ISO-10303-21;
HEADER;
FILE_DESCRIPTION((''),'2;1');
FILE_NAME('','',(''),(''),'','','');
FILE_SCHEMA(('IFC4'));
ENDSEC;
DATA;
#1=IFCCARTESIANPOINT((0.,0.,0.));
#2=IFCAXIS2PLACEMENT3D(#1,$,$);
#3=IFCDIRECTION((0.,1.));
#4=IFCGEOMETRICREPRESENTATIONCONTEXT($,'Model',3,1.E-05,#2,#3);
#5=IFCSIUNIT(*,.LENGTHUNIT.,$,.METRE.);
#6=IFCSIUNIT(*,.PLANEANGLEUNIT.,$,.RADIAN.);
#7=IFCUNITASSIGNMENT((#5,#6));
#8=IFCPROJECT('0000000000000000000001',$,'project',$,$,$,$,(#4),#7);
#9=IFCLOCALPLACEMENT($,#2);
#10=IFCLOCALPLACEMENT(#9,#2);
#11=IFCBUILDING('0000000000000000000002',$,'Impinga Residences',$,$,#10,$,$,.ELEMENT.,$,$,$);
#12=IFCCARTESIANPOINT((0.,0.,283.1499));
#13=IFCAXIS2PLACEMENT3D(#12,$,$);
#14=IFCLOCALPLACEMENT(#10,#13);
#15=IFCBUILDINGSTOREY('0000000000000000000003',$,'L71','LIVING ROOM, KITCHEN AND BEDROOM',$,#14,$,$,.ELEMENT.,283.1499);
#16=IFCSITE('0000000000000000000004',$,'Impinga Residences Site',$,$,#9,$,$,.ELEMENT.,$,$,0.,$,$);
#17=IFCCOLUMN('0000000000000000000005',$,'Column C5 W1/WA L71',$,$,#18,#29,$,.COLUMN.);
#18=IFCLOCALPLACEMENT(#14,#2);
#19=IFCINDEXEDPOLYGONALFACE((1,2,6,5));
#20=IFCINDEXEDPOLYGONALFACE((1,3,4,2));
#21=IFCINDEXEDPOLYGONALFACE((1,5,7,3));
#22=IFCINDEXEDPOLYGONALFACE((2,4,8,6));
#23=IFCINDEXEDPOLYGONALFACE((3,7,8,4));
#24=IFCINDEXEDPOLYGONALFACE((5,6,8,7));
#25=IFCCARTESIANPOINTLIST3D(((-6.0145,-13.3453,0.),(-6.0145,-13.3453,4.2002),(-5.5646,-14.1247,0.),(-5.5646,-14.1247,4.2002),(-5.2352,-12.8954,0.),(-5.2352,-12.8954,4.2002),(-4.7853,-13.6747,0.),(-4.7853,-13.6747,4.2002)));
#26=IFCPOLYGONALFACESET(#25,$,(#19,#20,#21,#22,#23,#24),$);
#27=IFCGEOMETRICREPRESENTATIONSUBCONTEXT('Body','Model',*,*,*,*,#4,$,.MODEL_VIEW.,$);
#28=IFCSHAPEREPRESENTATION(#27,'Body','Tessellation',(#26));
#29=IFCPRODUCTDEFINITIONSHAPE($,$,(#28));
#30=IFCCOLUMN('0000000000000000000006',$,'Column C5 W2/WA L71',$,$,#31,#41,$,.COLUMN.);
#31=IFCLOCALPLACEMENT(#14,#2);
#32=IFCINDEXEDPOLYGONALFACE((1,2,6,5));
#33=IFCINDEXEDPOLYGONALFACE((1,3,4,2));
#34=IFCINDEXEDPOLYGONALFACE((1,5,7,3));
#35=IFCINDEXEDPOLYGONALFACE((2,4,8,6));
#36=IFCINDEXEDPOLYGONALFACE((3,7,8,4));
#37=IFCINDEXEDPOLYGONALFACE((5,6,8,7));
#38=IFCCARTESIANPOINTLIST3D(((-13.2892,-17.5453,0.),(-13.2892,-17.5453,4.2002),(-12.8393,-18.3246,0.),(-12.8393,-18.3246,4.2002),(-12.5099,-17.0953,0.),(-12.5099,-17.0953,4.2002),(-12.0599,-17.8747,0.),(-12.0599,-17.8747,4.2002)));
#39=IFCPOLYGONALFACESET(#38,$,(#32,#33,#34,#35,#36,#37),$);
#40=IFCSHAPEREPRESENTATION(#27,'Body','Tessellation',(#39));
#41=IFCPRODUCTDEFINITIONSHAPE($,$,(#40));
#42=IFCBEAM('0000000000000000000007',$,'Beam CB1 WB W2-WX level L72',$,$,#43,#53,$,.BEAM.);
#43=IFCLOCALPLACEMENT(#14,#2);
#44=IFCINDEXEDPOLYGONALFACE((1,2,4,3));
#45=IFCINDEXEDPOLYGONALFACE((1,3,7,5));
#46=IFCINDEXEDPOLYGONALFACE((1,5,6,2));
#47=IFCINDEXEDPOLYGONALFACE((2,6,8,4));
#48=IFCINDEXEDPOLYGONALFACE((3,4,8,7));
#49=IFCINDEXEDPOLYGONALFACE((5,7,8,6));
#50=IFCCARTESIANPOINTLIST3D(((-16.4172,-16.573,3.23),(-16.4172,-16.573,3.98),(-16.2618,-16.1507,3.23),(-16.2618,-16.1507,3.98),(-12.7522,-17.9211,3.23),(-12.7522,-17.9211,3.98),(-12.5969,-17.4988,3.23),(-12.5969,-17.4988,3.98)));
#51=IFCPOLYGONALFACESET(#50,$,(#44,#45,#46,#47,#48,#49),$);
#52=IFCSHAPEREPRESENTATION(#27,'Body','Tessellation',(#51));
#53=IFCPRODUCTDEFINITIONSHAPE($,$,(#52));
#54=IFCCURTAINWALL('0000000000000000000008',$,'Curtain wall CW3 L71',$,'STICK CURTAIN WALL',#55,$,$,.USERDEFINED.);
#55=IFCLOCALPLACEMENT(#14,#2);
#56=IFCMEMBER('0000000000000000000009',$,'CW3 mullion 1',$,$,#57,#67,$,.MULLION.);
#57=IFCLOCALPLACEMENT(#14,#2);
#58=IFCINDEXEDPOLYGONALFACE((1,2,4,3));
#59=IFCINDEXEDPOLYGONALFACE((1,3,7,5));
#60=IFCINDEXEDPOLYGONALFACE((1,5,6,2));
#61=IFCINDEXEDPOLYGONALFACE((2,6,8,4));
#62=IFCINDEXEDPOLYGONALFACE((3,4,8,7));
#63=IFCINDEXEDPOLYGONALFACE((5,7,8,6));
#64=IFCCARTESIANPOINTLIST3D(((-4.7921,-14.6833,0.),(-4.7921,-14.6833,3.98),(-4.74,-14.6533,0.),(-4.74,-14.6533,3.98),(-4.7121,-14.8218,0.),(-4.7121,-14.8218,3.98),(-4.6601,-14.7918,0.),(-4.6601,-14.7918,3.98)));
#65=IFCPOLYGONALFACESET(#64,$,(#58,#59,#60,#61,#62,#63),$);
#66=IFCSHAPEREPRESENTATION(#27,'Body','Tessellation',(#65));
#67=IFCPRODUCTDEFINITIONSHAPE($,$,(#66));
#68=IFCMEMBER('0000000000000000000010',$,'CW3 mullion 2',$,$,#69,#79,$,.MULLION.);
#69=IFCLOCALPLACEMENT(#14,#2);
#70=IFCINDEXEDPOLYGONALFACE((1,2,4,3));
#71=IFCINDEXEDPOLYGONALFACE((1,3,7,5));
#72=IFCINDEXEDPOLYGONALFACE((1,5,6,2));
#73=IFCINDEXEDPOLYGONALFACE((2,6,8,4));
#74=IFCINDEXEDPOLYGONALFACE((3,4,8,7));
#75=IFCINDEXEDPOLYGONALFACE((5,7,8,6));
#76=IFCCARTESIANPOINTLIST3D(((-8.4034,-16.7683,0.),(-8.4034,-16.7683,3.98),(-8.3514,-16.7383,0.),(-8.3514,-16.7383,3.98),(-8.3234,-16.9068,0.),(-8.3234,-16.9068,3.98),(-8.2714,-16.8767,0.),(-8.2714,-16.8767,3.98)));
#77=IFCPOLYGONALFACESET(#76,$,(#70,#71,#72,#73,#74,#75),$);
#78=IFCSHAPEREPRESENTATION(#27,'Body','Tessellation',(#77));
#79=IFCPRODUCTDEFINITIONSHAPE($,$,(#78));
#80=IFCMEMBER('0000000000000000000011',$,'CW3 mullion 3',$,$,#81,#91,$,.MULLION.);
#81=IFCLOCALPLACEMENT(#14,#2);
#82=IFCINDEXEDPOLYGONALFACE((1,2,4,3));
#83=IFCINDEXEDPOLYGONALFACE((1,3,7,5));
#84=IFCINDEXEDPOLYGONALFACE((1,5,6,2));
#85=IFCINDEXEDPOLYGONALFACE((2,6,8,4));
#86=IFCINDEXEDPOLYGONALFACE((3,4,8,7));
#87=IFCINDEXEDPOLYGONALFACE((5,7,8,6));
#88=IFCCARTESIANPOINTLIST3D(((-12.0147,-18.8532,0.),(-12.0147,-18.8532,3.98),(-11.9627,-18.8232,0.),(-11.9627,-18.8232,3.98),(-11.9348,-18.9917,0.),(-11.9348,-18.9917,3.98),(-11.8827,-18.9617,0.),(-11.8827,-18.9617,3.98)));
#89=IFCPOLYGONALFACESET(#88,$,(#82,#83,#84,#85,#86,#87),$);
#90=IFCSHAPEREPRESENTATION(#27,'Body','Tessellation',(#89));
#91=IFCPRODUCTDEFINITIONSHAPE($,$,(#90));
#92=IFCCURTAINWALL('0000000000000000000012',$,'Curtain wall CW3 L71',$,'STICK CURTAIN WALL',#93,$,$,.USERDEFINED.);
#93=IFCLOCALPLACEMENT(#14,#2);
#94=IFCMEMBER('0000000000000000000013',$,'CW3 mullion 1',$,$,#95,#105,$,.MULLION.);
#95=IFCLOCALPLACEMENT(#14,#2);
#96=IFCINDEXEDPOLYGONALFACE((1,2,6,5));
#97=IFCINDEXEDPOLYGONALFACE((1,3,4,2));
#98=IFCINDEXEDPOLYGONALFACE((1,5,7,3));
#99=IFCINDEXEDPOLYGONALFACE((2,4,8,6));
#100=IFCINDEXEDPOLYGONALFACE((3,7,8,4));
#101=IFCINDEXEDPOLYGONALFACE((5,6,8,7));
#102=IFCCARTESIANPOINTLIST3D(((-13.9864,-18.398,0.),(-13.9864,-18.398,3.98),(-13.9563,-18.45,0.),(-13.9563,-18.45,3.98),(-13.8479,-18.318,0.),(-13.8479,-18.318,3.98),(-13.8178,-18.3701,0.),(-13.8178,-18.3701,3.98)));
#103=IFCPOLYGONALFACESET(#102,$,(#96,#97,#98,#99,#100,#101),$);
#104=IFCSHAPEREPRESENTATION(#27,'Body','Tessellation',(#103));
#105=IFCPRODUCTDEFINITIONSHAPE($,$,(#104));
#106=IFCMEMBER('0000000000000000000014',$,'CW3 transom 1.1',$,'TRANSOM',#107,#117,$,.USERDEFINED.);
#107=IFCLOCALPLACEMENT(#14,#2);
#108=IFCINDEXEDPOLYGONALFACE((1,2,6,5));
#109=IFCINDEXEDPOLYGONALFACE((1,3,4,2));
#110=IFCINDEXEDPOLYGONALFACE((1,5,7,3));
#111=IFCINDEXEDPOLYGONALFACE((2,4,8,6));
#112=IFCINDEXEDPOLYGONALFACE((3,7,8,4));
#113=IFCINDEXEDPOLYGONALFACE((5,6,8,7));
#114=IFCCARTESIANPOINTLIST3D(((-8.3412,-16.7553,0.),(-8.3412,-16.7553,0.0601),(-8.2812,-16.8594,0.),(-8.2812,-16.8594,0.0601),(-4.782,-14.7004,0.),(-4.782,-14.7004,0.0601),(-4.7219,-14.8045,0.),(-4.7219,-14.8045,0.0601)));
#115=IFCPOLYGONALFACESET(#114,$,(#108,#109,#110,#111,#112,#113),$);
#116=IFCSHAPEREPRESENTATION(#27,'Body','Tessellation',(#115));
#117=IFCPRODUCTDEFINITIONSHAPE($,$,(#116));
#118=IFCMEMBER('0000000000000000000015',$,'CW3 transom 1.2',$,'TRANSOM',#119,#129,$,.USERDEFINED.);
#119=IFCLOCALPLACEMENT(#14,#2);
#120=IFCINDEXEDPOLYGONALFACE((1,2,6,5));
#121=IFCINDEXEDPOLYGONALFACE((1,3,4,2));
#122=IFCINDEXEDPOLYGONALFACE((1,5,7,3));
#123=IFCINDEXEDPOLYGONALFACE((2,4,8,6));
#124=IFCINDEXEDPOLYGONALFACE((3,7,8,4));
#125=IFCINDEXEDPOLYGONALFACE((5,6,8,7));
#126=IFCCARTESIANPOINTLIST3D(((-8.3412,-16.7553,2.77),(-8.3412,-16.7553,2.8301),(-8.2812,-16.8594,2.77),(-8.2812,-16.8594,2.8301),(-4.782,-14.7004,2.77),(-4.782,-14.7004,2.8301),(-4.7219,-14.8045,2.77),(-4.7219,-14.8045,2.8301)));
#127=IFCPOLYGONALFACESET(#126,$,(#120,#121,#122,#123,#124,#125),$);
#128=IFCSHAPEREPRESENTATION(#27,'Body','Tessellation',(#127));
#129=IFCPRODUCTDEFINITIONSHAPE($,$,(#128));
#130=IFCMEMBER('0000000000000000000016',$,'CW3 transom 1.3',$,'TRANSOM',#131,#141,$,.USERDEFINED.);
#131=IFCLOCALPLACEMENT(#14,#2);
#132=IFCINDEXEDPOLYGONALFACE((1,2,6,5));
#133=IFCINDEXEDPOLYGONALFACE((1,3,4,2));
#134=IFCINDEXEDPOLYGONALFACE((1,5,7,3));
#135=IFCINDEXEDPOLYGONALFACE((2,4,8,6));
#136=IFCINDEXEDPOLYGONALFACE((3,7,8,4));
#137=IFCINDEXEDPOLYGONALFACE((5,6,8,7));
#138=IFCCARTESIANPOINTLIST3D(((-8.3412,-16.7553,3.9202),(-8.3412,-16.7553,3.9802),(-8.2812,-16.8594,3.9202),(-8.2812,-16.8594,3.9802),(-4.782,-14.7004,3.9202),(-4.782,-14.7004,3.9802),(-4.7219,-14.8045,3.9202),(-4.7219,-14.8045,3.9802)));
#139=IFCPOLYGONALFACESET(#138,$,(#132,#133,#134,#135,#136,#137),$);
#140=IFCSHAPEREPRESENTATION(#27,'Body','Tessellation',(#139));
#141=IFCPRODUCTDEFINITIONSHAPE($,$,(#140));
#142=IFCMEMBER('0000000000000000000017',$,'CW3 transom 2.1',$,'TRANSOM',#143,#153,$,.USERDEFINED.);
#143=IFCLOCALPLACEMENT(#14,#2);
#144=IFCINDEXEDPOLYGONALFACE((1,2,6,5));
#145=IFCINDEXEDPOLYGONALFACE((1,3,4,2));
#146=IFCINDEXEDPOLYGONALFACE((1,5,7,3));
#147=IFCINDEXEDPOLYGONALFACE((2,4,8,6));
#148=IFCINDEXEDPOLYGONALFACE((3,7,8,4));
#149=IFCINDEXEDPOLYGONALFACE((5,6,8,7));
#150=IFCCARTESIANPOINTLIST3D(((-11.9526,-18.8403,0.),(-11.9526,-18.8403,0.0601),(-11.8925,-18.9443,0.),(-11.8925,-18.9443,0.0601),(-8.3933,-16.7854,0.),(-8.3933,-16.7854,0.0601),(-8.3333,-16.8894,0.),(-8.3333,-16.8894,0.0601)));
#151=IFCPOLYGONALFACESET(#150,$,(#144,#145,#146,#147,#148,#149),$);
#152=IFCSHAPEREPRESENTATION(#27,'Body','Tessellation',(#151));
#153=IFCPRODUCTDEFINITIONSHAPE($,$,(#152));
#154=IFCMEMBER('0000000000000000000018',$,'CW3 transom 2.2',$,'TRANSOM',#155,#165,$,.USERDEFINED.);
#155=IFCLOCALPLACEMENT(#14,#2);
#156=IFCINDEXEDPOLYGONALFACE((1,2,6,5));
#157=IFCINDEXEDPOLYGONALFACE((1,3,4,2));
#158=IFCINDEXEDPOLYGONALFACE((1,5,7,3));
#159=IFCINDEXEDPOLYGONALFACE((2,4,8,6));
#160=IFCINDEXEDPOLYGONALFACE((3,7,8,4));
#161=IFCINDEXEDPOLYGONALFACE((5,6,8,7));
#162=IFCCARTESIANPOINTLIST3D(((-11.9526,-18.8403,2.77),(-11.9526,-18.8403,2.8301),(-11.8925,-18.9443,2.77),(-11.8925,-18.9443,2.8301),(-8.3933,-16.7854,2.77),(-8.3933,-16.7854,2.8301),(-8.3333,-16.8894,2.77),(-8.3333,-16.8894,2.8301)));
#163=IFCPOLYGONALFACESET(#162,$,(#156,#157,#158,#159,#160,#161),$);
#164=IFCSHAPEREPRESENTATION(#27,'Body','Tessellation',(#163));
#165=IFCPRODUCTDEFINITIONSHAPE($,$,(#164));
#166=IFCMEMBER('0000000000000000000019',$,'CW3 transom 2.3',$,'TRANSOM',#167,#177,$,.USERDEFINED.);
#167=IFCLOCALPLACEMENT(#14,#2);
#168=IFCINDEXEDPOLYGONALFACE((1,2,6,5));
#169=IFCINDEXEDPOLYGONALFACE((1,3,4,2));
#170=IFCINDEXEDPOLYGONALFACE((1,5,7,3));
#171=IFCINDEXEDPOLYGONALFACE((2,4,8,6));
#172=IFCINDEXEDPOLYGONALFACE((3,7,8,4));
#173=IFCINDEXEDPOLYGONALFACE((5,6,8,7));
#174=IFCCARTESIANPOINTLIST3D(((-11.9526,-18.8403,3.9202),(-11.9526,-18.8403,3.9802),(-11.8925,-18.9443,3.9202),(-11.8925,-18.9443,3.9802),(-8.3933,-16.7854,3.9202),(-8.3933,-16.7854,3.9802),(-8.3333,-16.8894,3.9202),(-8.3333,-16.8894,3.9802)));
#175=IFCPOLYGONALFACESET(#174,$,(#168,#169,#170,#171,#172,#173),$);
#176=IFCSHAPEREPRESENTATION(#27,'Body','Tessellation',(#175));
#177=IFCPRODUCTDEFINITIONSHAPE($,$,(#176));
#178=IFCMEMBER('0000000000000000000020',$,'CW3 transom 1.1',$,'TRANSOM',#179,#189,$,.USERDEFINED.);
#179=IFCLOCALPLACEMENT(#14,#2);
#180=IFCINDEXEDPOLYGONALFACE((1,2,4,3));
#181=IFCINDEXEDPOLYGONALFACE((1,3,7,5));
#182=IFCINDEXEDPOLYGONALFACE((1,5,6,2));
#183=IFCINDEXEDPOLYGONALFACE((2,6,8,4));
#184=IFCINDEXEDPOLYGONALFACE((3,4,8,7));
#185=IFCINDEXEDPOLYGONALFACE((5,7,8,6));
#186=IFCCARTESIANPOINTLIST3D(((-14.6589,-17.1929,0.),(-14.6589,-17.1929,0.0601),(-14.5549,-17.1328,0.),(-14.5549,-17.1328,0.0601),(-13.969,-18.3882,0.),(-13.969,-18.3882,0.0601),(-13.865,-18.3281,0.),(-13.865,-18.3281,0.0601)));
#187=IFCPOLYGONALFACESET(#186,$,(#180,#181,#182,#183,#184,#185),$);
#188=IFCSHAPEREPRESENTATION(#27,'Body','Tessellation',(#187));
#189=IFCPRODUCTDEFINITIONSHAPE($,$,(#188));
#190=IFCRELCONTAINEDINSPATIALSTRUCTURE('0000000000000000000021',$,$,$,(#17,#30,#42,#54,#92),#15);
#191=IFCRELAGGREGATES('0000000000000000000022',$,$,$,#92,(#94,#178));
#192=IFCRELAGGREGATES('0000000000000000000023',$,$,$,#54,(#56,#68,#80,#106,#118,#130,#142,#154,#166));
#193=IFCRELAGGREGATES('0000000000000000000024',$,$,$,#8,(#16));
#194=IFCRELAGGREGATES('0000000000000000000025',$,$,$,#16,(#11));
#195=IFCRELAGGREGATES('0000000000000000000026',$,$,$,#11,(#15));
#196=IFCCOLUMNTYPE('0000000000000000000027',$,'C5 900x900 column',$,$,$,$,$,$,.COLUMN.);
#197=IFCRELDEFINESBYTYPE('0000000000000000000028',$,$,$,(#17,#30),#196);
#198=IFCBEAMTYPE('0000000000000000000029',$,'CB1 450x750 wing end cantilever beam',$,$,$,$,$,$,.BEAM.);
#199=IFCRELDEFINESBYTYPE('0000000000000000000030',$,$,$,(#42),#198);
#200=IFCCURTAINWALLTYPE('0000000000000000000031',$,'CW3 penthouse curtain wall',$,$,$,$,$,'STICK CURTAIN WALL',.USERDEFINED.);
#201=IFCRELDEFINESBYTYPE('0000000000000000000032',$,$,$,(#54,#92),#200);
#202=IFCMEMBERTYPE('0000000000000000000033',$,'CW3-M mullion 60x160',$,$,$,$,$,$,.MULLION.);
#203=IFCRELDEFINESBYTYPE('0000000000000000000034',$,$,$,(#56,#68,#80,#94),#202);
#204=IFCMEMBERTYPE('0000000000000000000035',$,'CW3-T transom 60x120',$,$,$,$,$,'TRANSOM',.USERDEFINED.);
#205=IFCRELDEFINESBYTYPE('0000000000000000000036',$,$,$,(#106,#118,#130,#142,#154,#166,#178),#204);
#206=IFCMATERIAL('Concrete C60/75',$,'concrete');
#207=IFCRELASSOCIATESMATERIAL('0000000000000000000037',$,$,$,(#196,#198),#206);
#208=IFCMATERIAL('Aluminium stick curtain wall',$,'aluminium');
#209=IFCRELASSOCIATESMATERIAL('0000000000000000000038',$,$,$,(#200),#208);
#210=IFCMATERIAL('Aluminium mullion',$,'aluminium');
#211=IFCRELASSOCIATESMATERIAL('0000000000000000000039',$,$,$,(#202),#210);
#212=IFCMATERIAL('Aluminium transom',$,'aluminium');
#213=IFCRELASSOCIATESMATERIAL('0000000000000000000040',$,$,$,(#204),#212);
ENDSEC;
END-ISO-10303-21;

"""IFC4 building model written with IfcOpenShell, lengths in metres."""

from ifc_helpers import new_model, si_unit, direction, frame, origin, origin_2d, place, context, subcontext, project, spatial, rectangle, extrude, material, material_profile, profile_set, type_object, element, aggregate, save


model = new_model("IFC4")

# Units and contexts
model_context = context("Model", 3, precision=1e-05, world=origin(), true_north=direction((0.0, 1.0)))
body_context = subcontext(model_context, "Body", "Model", "MODEL_VIEW")
ifc_project = project(units=[si_unit("LENGTHUNIT", "METRE"), si_unit("PLANEANGLEUNIT", "RADIAN")], contexts=[model_context])

# Site, building, storey
site_placement = place(None, origin())
site = spatial("IfcSite", under=ifc_project, at=site_placement, Name="Impinga Residences Site", CompositionType="ELEMENT", RefElevation=0.0)
building_placement = place(site_placement, origin())
building = spatial("IfcBuilding", under=site, at=building_placement, Name="Impinga Residences", CompositionType="ELEMENT")
storey_placement = place(building_placement, frame((0.0, 0.0, 283.1499)))
storey = spatial("IfcBuildingStorey", under=building, at=storey_placement, Name="L71", Description="LIVING ROOM, KITCHEN AND BEDROOM", CompositionType="ELEMENT", Elevation=283.1499)

# Columns
ifc_material_1 = material(Name="Concrete C60/75", Category="concrete")
ifc_material_profile_1 = material_profile(ifc_material_1, rectangle(XDim=0.8999, YDim=0.8999, at=origin_2d()), Name="RC 900x900")
ifc_profile_set_1 = profile_set([ifc_material_profile_1], Name="Concrete C60/75")
column_type = type_object("IfcColumnType", Name="C5 900x900 column", PredefinedType="COLUMN", material=ifc_profile_set_1)
for number, where, z_axis, x_axis, name in (
    (1, (-5.3999, -13.51, 0.0), (0.0, 0.0, 1.0), (-0.5, 0.866025, 0.0), "Column C5 W1/WA L71"),
    (2, (-12.6746, -17.71, 0.0), (0.0, 0.0, 1.0), (-0.5, 0.866025, 0.0), "Column C5 W2/WA L71"),
):
    element("IfcColumn", number, at=place(storey_placement, frame(where, z_axis=z_axis, x_axis=x_axis)), inside=storey, type_object=column_type, Name=name, PredefinedType="COLUMN", context=body_context, shape_type="SweptSolid", body=[
        extrude(rectangle(XDim=0.8999, YDim=0.8999, at=origin_2d()), origin(), (0.0, 0.0, 1.0), 4.2002),
    ])

# Beam
ifc_material_profile_2 = material_profile(ifc_material_1, rectangle(XDim=0.45, YDim=0.75, at=origin_2d()), Name="RC 450x750")
ifc_profile_set_2 = profile_set([ifc_material_profile_2], Name="Concrete C60/75")
beam_type_1 = type_object("IfcBeamType", Name="CB1 450x750 wing end cantilever beam", PredefinedType="BEAM", material=ifc_profile_set_2)
beam_1_placement = place(storey_placement, frame((-12.6746, -17.71, 3.605), z_axis=(-0.93852, 0.345224, 0.0), x_axis=(-0.345224, -0.93852, 0.0)))
element("IfcBeam", 3, at=beam_1_placement, inside=storey, type_object=beam_type_1, Name="Beam CB1 WB W2-WX level L72", PredefinedType="BEAM", context=body_context, shape_type="SweptSolid", body=[
    extrude(rectangle(XDim=0.45, YDim=0.75, at=origin_2d()), origin(), (0.0, 0.0, 1.0), 3.905),
])

# Curtain wall, members
ifc_material_2 = material(Name="Aluminium stick curtain wall", Category="aluminium")
curtain_wall_type = type_object("IfcCurtainWallType", Name="CW3 penthouse curtain wall", ElementType="STICK CURTAIN WALL", PredefinedType="USERDEFINED", material=ifc_material_2)
curtain_wall_1_placement = place(storey_placement, origin())
curtain_wall_1 = element("IfcCurtainWall", 4, at=curtain_wall_1_placement, inside=storey, type_object=curtain_wall_type, Name="Curtain wall CW3 L71", ObjectType="STICK CURTAIN WALL", PredefinedType="USERDEFINED")
ifc_material_3 = material(Name="Aluminium mullion", Category="aluminium")
ifc_material_profile_3 = material_profile(ifc_material_3, rectangle(XDim=0.0601, YDim=0.1599, at=origin_2d()), Name="60x160 mullion")
ifc_profile_set_3 = profile_set([ifc_material_profile_3], Name="Aluminium mullion")
member_type_1 = type_object("IfcMemberType", Name="CW3-M mullion 60x160", PredefinedType="MULLION", material=ifc_profile_set_3)
member_1_placement = place(storey_placement, frame((-4.7261, -14.7375, 0.0), z_axis=(0.0, 0.0, 1.0), x_axis=(-0.866025, -0.5, 0.0)))
member_1 = element("IfcMember", 5, at=member_1_placement, type_object=member_type_1, Name="CW3 mullion 1", PredefinedType="MULLION", context=body_context, shape_type="SweptSolid", body=[
    extrude(rectangle(XDim=0.0601, YDim=0.1599, at=origin_2d()), origin(), (0.0, 0.0, 1.0), 3.98),
])
member_2_placement = place(storey_placement, frame((-8.3374, -16.8225, 0.0), z_axis=(0.0, 0.0, 1.0), x_axis=(-0.866025, -0.5, 0.0)))
member_2 = element("IfcMember", 6, at=member_2_placement, type_object=member_type_1, Name="CW3 mullion 2", PredefinedType="MULLION", context=body_context, shape_type="SweptSolid", body=[
    extrude(rectangle(XDim=0.0601, YDim=0.1599, at=origin_2d()), origin(), (0.0, 0.0, 1.0), 3.98),
])
member_3_placement = place(storey_placement, frame((-11.9487, -18.9075, 0.0), z_axis=(0.0, 0.0, 1.0), x_axis=(-0.866025, -0.5, 0.0)))
member_3 = element("IfcMember", 7, at=member_3_placement, type_object=member_type_1, Name="CW3 mullion 3", PredefinedType="MULLION", context=body_context, shape_type="SweptSolid", body=[
    extrude(rectangle(XDim=0.0601, YDim=0.1599, at=origin_2d()), origin(), (0.0, 0.0, 1.0), 3.98),
])

# Curtain wall, member
curtain_wall_2_placement = place(storey_placement, origin())
curtain_wall_2 = element("IfcCurtainWall", 8, at=curtain_wall_2_placement, inside=storey, type_object=curtain_wall_type, Name="Curtain wall CW3 L71", ObjectType="STICK CURTAIN WALL", PredefinedType="USERDEFINED")
member_4_placement = place(storey_placement, frame((-13.9021, -18.384, 0.0), z_axis=(0.0, 0.0, 1.0), x_axis=(-0.5, 0.866025, 0.0)))
member_4 = element("IfcMember", 9, at=member_4_placement, type_object=member_type_1, Name="CW3 mullion 1", PredefinedType="MULLION", context=body_context, shape_type="SweptSolid", body=[
    extrude(rectangle(XDim=0.0601, YDim=0.1599, at=origin_2d()), origin(), (0.0, 0.0, 1.0), 3.98),
])

# Members
ifc_material_4 = material(Name="Aluminium transom", Category="aluminium")
ifc_material_profile_4 = material_profile(ifc_material_4, rectangle(XDim=0.0601, YDim=0.1201, at=origin_2d()), Name="60x120 transom")
ifc_profile_set_4 = profile_set([ifc_material_profile_4], Name="Aluminium transom")
member_type_2 = type_object("IfcMemberType", Name="CW3-T transom 60x120", ElementType="TRANSOM", PredefinedType="USERDEFINED", material=ifc_profile_set_4)
member_5_placement = place(storey_placement, frame((-4.752, -14.7524, 0.03), z_axis=(-0.86603, -0.499992, 0.0), x_axis=(0.0, 0.0, 1.0)))
member_5 = element("IfcMember", 10, at=member_5_placement, type_object=member_type_2, Name="CW3 transom 1.1", ObjectType="TRANSOM", PredefinedType="USERDEFINED", context=body_context, shape_type="SweptSolid", body=[
    extrude(rectangle(XDim=0.0601, YDim=0.1201, at=origin_2d()), origin(), (0.0, 0.0, 1.0), 4.1099),
])
member_6_placement = place(storey_placement, frame((-4.752, -14.7524, 2.8), z_axis=(-0.86603, -0.499992, 0.0), x_axis=(0.0, 0.0, 1.0)))
member_6 = element("IfcMember", 11, at=member_6_placement, type_object=member_type_2, Name="CW3 transom 1.2", ObjectType="TRANSOM", PredefinedType="USERDEFINED", context=body_context, shape_type="SweptSolid", body=[
    extrude(rectangle(XDim=0.0601, YDim=0.1201, at=origin_2d()), origin(), (0.0, 0.0, 1.0), 4.1099),
])
member_7_placement = place(storey_placement, frame((-4.752, -14.7524, 3.9502), z_axis=(-0.86603, -0.499992, 0.0), x_axis=(0.0, 0.0, 1.0)))
member_7 = element("IfcMember", 12, at=member_7_placement, type_object=member_type_2, Name="CW3 transom 1.3", ObjectType="TRANSOM", PredefinedType="USERDEFINED", context=body_context, shape_type="SweptSolid", body=[
    extrude(rectangle(XDim=0.0601, YDim=0.1201, at=origin_2d()), origin(), (0.0, 0.0, 1.0), 4.1099),
])
member_8_placement = place(storey_placement, frame((-8.3633, -16.8374, 0.03), z_axis=(-0.86603, -0.499992, 0.0), x_axis=(0.0, 0.0, 1.0)))
member_8 = element("IfcMember", 13, at=member_8_placement, type_object=member_type_2, Name="CW3 transom 2.1", ObjectType="TRANSOM", PredefinedType="USERDEFINED", context=body_context, shape_type="SweptSolid", body=[
    extrude(rectangle(XDim=0.0601, YDim=0.1201, at=origin_2d()), origin(), (0.0, 0.0, 1.0), 4.1099),
])
member_9_placement = place(storey_placement, frame((-8.3633, -16.8374, 2.8), z_axis=(-0.86603, -0.499992, 0.0), x_axis=(0.0, 0.0, 1.0)))
member_9 = element("IfcMember", 14, at=member_9_placement, type_object=member_type_2, Name="CW3 transom 2.2", ObjectType="TRANSOM", PredefinedType="USERDEFINED", context=body_context, shape_type="SweptSolid", body=[
    extrude(rectangle(XDim=0.0601, YDim=0.1201, at=origin_2d()), origin(), (0.0, 0.0, 1.0), 4.1099),
])
member_10_placement = place(storey_placement, frame((-8.3633, -16.8374, 3.9502), z_axis=(-0.86603, -0.499992, 0.0), x_axis=(0.0, 0.0, 1.0)))
member_10 = element("IfcMember", 15, at=member_10_placement, type_object=member_type_2, Name="CW3 transom 2.3", ObjectType="TRANSOM", PredefinedType="USERDEFINED", context=body_context, shape_type="SweptSolid", body=[
    extrude(rectangle(XDim=0.0601, YDim=0.1201, at=origin_2d()), origin(), (0.0, 0.0, 1.0), 4.1099),
])
member_11_placement = place(storey_placement, frame((-13.917, -18.3582, 0.03), z_axis=(-0.499906, 0.86608, 0.0), x_axis=(0.0, 0.0, 1.0)))
member_11 = element("IfcMember", 16, at=member_11_placement, type_object=member_type_2, Name="CW3 transom 1.1", ObjectType="TRANSOM", PredefinedType="USERDEFINED", context=body_context, shape_type="SweptSolid", body=[
    extrude(rectangle(XDim=0.0601, YDim=0.1201, at=origin_2d()), origin(), (0.0, 0.0, 1.0), 1.3801),
])
aggregate(curtain_wall_2, [member_4, member_11])

aggregate(curtain_wall_1, [member_1, member_2, member_3, member_5, member_6, member_7, member_8, member_9, member_10])

save(model, "model.ifc")
